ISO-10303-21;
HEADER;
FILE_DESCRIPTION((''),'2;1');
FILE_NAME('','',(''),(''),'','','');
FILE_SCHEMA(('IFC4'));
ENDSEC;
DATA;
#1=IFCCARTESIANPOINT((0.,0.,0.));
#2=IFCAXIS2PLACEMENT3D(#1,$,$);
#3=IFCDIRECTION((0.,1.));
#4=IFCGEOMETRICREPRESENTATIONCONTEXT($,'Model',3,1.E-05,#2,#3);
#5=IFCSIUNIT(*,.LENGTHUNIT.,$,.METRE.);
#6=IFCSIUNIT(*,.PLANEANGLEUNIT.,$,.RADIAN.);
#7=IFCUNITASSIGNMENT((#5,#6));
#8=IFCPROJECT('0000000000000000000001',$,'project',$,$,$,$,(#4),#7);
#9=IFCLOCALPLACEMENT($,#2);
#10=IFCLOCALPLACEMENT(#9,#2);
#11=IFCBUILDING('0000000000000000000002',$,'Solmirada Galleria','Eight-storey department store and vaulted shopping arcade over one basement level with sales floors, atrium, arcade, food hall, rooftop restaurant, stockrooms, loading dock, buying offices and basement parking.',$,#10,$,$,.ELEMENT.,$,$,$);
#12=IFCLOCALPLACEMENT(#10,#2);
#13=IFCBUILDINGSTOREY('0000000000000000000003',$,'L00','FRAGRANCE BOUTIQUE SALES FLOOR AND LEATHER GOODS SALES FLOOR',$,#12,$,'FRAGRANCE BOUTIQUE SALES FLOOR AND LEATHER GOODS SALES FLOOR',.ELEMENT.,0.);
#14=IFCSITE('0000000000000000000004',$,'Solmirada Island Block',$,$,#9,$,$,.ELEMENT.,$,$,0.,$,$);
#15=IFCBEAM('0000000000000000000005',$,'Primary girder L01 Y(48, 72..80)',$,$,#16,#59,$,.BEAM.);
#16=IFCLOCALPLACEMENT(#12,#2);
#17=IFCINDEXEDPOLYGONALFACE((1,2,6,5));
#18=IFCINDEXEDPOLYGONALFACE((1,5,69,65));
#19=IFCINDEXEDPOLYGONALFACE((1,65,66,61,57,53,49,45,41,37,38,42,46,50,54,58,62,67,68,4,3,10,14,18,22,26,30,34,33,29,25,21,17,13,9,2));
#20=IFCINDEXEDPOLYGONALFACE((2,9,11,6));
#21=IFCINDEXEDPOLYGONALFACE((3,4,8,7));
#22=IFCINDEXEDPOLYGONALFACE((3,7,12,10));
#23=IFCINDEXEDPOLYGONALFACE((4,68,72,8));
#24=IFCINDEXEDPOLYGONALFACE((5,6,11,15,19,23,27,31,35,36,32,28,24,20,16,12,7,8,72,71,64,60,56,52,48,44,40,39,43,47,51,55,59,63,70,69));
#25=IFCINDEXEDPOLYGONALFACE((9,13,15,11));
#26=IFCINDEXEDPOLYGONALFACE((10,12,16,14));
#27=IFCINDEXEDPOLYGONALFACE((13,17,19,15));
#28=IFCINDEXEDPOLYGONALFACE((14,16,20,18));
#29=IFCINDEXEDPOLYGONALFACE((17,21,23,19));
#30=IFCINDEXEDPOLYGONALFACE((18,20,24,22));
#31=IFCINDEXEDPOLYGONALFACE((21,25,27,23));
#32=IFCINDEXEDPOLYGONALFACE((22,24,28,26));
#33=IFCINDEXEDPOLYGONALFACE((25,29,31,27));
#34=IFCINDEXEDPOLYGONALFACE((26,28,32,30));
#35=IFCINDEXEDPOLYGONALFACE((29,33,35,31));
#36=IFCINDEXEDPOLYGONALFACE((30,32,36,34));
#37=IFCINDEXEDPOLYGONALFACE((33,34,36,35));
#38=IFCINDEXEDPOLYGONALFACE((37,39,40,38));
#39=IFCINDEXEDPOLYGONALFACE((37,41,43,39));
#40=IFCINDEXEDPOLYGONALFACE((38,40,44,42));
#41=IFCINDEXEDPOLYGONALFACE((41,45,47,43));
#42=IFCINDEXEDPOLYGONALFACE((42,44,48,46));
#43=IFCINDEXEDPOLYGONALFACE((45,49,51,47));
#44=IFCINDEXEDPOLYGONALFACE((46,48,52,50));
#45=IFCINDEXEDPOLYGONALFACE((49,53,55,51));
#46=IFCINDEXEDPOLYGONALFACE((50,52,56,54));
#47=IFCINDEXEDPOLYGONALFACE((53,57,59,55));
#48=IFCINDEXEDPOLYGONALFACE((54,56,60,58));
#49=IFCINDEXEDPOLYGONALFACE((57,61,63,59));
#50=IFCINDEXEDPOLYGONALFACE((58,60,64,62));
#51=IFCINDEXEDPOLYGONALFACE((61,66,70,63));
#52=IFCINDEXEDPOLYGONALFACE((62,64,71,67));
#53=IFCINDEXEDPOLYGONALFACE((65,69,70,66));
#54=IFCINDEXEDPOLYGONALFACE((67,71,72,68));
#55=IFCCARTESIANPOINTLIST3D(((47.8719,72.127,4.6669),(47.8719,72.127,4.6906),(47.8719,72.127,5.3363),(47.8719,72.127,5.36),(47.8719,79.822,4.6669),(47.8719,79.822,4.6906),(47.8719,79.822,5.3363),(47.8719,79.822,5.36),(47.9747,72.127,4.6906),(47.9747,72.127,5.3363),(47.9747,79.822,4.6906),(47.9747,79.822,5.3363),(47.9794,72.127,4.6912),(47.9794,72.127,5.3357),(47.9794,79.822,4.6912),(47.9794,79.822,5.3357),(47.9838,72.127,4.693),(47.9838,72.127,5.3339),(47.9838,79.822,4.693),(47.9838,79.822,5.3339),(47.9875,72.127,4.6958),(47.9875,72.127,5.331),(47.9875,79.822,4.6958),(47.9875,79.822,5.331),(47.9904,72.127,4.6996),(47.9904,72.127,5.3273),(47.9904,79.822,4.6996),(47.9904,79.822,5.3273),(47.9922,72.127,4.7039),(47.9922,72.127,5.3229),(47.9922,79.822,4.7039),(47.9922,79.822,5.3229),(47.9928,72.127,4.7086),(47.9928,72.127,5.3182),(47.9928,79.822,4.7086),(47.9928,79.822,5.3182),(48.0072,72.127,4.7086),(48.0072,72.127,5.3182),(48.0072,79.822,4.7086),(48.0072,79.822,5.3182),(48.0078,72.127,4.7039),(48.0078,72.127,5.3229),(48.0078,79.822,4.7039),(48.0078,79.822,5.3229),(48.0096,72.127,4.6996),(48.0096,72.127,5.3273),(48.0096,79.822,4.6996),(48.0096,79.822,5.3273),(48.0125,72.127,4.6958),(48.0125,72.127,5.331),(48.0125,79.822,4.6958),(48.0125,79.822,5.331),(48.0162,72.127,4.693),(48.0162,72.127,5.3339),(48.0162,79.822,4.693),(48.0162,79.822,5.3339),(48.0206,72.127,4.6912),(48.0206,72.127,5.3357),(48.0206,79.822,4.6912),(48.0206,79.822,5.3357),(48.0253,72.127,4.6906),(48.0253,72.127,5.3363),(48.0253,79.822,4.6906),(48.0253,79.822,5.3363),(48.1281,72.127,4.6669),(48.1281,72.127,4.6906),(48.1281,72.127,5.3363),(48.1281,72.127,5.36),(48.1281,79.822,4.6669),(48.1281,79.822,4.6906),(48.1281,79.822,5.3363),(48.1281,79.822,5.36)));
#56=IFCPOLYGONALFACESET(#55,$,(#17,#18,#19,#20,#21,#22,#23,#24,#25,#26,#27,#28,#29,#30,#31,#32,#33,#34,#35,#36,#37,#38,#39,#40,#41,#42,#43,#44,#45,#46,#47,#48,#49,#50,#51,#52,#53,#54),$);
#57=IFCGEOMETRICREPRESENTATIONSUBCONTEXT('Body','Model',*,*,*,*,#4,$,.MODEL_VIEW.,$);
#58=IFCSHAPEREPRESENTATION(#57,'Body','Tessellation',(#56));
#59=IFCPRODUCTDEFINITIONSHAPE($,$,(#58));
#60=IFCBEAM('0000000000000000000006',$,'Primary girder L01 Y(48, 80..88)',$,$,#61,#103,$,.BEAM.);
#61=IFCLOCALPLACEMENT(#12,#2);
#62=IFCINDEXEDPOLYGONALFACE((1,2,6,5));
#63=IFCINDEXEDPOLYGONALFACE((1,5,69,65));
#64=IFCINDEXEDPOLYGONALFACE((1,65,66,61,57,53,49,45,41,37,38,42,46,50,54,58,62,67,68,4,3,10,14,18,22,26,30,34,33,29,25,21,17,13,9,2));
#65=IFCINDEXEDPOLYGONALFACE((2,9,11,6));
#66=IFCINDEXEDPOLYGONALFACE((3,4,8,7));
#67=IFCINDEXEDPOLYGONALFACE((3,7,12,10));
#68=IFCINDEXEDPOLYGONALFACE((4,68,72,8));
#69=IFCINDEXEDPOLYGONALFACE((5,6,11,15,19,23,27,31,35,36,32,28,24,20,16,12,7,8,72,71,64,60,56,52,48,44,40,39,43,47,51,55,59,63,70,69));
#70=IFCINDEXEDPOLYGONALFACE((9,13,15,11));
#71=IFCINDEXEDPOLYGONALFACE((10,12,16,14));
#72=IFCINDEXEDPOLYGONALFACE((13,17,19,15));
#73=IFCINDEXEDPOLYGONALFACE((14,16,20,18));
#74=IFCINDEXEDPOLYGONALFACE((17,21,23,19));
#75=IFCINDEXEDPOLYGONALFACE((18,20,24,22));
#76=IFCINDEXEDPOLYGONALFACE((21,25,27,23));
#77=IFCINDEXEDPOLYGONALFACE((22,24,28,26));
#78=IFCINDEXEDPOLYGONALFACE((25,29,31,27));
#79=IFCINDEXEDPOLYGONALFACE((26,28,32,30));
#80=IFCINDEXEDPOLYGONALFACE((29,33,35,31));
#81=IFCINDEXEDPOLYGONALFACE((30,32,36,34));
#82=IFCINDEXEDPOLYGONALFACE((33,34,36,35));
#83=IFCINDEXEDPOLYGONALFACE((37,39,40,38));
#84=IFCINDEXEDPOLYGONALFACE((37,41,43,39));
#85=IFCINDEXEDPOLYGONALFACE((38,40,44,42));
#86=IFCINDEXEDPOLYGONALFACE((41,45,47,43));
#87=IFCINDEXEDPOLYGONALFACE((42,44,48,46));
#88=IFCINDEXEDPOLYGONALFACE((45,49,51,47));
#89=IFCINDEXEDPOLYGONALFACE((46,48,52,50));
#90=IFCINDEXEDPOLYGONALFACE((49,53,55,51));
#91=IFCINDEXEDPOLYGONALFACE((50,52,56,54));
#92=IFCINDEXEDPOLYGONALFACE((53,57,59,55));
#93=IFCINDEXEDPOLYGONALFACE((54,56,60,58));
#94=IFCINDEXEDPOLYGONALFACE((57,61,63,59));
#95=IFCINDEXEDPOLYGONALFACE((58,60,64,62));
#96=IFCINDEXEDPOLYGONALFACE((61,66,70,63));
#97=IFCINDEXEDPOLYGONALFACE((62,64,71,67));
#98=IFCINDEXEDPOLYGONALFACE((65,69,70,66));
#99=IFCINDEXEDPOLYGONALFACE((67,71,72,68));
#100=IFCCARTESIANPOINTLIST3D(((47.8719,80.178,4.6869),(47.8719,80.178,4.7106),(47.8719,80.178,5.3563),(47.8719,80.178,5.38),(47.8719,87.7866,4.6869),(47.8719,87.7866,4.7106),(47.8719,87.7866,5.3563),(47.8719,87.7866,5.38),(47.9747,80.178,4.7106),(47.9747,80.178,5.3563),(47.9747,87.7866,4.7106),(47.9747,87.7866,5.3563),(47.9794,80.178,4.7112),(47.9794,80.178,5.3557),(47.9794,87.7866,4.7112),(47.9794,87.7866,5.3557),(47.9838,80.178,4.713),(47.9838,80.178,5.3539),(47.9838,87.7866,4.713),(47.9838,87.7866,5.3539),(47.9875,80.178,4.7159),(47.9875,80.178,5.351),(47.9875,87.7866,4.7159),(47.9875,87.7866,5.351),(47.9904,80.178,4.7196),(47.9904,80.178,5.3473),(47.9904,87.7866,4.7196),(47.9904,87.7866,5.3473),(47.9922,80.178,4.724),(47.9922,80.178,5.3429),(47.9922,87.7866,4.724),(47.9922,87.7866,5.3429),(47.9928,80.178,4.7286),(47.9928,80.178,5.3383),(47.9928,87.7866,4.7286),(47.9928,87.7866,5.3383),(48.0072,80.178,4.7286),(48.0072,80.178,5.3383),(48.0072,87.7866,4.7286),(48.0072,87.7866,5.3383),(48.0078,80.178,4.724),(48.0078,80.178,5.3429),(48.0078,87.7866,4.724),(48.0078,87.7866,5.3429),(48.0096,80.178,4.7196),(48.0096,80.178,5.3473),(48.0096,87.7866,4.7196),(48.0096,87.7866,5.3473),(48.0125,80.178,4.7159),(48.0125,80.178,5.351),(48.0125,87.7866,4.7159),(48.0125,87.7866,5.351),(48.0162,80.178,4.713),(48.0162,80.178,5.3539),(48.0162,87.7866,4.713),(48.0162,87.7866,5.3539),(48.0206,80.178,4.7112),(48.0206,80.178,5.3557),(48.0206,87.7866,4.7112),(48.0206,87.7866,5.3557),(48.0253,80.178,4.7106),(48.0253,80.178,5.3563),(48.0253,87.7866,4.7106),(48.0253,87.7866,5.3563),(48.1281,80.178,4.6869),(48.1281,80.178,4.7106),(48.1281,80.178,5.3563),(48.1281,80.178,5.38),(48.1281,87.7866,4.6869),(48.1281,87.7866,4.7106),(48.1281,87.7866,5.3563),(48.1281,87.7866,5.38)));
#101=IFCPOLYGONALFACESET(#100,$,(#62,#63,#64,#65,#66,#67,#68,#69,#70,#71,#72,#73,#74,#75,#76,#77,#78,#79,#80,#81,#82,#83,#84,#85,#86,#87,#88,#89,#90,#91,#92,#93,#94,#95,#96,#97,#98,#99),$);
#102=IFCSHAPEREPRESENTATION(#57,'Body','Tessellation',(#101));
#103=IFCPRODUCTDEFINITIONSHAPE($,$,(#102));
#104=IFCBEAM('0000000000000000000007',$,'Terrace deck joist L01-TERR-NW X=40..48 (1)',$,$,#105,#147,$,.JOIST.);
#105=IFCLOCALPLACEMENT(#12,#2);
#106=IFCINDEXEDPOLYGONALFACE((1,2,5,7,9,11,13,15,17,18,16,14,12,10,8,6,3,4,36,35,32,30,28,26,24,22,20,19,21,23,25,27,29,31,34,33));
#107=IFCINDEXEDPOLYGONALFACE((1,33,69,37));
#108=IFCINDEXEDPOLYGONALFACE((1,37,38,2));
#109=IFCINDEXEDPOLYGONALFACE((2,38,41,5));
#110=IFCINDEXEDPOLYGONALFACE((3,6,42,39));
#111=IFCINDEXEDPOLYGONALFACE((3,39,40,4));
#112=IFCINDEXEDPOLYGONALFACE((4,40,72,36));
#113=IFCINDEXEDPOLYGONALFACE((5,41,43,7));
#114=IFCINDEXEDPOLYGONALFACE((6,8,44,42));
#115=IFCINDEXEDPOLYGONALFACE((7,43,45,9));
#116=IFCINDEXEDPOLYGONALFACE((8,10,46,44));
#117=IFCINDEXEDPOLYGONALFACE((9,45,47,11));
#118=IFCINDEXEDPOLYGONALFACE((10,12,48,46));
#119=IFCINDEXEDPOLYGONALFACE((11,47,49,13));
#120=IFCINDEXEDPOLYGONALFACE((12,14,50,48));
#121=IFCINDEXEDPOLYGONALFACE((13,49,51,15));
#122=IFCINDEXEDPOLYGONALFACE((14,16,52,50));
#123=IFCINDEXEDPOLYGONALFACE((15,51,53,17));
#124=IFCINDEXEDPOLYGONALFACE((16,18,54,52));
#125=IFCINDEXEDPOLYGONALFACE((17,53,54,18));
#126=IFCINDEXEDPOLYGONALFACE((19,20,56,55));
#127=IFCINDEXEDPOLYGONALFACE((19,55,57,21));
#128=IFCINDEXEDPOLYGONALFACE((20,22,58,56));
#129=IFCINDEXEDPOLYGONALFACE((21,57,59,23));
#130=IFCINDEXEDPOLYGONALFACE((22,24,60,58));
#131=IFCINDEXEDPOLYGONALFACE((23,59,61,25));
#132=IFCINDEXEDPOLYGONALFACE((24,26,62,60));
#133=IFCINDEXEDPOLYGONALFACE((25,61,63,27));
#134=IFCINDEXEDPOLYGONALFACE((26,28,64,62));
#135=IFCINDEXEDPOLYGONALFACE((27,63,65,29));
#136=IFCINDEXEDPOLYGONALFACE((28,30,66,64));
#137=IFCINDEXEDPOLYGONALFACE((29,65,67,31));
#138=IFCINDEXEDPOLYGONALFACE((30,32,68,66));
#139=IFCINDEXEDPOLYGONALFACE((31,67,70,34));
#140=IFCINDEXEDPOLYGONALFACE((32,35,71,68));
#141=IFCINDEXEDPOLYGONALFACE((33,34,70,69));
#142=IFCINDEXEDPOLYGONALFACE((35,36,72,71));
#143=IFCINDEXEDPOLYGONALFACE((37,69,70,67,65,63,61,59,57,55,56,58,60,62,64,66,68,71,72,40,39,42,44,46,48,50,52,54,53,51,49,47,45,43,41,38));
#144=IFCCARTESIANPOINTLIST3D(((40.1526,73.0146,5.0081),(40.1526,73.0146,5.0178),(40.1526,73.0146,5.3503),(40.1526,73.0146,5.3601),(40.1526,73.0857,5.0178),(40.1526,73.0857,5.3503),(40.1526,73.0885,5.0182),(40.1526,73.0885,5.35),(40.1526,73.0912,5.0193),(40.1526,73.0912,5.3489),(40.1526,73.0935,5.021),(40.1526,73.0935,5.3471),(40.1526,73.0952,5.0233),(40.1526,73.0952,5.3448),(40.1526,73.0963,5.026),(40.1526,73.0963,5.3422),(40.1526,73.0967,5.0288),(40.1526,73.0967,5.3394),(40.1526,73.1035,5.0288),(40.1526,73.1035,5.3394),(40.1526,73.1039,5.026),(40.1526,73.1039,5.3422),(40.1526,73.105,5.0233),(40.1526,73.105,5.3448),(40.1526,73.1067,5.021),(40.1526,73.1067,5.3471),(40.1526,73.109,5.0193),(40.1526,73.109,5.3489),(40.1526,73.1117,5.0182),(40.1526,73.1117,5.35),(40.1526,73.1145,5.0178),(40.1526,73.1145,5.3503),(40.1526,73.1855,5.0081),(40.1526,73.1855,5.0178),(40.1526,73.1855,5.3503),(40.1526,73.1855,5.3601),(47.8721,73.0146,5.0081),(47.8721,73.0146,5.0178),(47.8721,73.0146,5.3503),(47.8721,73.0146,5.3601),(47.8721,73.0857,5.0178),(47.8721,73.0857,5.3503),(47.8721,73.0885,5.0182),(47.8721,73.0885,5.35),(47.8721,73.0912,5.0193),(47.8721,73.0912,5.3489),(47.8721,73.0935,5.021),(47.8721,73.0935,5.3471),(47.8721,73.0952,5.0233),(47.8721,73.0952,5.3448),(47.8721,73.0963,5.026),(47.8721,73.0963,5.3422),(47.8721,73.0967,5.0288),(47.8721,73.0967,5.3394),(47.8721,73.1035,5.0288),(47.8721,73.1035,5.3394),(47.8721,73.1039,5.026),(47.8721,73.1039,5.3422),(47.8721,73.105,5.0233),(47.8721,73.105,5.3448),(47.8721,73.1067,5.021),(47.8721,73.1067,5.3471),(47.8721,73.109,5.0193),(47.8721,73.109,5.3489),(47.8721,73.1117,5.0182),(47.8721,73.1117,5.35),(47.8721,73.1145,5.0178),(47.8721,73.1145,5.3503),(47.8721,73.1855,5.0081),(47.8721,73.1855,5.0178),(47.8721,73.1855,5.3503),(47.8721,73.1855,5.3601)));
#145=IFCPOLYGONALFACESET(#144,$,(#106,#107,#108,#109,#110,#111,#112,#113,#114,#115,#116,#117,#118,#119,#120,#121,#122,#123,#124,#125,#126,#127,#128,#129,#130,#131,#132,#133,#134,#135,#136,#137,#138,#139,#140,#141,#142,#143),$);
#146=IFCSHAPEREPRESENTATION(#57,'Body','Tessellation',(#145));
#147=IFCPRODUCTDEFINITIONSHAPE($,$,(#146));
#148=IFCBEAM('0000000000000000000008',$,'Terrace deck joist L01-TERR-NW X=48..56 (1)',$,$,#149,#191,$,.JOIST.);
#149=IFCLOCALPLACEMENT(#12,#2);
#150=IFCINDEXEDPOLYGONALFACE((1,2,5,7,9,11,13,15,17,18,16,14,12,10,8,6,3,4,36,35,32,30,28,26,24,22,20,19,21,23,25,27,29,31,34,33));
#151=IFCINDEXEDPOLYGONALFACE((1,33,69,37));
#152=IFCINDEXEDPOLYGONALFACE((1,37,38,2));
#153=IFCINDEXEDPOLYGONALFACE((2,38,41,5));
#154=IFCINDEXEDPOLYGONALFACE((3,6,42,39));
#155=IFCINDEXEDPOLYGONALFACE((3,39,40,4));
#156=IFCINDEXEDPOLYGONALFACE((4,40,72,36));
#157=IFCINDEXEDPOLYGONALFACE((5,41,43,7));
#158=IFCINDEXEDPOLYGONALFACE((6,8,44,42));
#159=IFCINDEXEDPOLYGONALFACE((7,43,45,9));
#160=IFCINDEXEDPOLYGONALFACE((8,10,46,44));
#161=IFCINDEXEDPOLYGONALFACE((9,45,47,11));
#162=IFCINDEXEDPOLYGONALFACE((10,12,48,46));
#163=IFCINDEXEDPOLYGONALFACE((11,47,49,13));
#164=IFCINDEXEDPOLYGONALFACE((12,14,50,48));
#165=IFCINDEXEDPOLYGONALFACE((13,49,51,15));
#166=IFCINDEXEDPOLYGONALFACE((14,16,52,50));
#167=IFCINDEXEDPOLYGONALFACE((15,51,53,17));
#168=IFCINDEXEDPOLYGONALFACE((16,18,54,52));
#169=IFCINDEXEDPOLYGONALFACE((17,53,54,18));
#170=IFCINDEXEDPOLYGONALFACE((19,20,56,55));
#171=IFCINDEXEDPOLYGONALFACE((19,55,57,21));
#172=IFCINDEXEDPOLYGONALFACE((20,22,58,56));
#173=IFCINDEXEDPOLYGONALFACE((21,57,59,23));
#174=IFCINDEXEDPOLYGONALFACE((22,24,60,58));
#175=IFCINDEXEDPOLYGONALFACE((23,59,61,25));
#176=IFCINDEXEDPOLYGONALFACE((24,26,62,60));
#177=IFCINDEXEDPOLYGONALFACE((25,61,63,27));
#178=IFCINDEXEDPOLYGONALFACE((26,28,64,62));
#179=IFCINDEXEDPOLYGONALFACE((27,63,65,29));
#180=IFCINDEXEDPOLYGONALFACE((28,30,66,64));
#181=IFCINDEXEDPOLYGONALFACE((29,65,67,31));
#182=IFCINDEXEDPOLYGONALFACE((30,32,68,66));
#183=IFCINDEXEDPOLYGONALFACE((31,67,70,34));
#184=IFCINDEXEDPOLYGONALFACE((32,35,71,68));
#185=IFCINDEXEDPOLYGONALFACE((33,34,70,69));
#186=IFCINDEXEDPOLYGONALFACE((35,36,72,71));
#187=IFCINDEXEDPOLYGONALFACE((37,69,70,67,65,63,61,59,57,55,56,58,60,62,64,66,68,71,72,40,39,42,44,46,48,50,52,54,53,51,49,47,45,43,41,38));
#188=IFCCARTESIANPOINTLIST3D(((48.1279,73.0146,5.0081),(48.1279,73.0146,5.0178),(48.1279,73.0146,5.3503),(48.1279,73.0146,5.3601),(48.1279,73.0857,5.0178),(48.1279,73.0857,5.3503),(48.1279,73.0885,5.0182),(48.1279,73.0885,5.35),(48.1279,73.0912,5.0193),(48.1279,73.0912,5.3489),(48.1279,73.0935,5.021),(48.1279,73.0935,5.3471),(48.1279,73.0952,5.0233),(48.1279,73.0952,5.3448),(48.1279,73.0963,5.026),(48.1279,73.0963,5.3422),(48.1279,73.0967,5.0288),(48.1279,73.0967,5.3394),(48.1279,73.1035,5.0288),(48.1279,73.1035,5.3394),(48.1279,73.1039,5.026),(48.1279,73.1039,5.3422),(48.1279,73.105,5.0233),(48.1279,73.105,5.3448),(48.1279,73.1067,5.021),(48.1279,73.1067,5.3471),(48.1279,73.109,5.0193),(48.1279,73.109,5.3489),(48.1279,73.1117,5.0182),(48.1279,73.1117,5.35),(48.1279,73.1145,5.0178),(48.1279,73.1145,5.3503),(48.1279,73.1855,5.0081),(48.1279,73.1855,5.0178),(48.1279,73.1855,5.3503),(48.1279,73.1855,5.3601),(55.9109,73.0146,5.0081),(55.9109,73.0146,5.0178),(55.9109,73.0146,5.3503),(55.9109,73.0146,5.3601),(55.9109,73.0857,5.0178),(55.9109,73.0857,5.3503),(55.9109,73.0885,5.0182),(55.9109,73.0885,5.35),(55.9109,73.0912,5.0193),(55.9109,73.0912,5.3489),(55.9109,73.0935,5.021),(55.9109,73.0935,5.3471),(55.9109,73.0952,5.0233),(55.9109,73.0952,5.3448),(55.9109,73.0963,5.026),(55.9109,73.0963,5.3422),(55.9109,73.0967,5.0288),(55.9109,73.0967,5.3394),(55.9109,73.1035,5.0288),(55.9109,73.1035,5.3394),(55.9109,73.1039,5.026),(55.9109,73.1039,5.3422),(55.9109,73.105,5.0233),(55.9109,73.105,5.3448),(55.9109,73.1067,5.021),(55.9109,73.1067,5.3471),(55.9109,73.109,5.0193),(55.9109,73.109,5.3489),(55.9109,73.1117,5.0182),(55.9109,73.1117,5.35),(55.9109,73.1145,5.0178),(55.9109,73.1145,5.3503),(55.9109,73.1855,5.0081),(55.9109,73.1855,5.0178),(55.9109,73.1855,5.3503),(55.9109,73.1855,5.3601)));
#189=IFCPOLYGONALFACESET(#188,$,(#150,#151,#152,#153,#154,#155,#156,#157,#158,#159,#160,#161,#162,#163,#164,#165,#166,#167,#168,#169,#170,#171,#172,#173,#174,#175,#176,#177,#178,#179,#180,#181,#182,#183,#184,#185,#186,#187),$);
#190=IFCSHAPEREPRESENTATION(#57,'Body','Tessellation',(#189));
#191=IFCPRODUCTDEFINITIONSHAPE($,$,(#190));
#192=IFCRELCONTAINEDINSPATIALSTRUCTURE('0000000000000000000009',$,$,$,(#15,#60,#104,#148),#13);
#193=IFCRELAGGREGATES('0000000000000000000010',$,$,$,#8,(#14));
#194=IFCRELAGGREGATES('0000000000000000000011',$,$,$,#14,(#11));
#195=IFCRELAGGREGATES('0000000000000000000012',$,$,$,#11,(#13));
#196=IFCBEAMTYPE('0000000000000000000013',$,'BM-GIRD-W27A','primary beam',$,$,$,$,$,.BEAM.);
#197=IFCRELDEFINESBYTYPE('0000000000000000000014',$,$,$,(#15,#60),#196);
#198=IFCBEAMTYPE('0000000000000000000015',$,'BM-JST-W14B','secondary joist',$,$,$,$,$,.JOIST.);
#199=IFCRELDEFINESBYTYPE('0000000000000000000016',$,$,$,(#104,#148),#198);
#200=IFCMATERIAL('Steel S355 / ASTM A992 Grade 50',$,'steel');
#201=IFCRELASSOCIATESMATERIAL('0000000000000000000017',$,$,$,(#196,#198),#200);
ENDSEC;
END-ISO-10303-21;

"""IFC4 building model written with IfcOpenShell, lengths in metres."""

from ifc_helpers import new_model, si_unit, direction, frame, origin, origin_2d, place, context, subcontext, project, spatial, i_section, extrude, material, material_profile, profile_set, type_object, element, save


model = new_model("IFC4")

# Units and contexts
model_context = context("Model", 3, precision=1e-05, world=origin(), true_north=direction((0.0, 1.0)))
body_context = subcontext(model_context, "Body", "Model", "MODEL_VIEW")
ifc_project = project(units=[si_unit("LENGTHUNIT", "METRE"), si_unit("PLANEANGLEUNIT", "RADIAN")], contexts=[model_context])

# Site, building, storey
site_placement = place(None, origin())
site = spatial("IfcSite", under=ifc_project, at=site_placement, Name="Solmirada Island Block", CompositionType="ELEMENT", RefElevation=0.0)
building_placement = place(site_placement, origin())
building = spatial("IfcBuilding", under=site, at=building_placement, Name="Solmirada Galleria", Description="Eight-storey department store and vaulted shopping arcade over one basement level with sales floors, atrium, arcade, food hall, rooftop restaurant, stockrooms, loading dock, buying offices and basement parking.", CompositionType="ELEMENT")
storey_placement = place(building_placement, origin())
storey = spatial("IfcBuildingStorey", under=building, at=storey_placement, Name="L00", Description="FRAGRANCE BOUTIQUE SALES FLOOR AND LEATHER GOODS SALES FLOOR", LongName="FRAGRANCE BOUTIQUE SALES FLOOR AND LEATHER GOODS SALES FLOOR", CompositionType="ELEMENT", Elevation=0.0)

# Beams
ifc_material_1 = material(Name="Steel S355 / ASTM A992 Grade 50", Category="steel")
ifc_material_profile_1 = material_profile(ifc_material_1, i_section(OverallWidth=0.2561, OverallDepth=0.6931, WebThickness=0.0144, FlangeThickness=0.0237, FilletRadius=0.0181, at=origin_2d()), Name="W27X114")
ifc_profile_set_1 = profile_set([ifc_material_profile_1], Name="Steel S355 / ASTM A992 Grade 50")
beam_type_1 = type_object("IfcBeamType", Name="BM-GIRD-W27A", Description="primary beam", PredefinedType="BEAM", material=ifc_profile_set_1)
beam_1_placement = place(storey_placement, frame((48.0, 72.127, 5.0134), z_axis=(0.0, 1.0, 0.0), x_axis=(-1.0, 0.0, 0.0)))
element("IfcBeam", 1, at=beam_1_placement, inside=storey, type_object=beam_type_1, Name="Primary girder L01 Y(48, 72..80)", PredefinedType="BEAM", context=body_context, shape_type="SweptSolid", body=[
    extrude(i_section(OverallWidth=0.2561, OverallDepth=0.6931, WebThickness=0.0144, FlangeThickness=0.0237, FilletRadius=0.0181, at=origin_2d()), origin(), (0.0, 0.0, 1.0), 7.6951),
])
beam_2_placement = place(storey_placement, frame((48.0, 80.178, 5.0334), z_axis=(0.0, 1.0, 0.0), x_axis=(-1.0, 0.0, 0.0)))
element("IfcBeam", 2, at=beam_2_placement, inside=storey, type_object=beam_type_1, Name="Primary girder L01 Y(48, 80..88)", PredefinedType="BEAM", context=body_context, shape_type="SweptSolid", body=[
    extrude(i_section(OverallWidth=0.2561, OverallDepth=0.6931, WebThickness=0.0144, FlangeThickness=0.0237, FilletRadius=0.0181, at=origin_2d()), origin(), (0.0, 0.0, 1.0), 7.6086),
])
ifc_material_profile_2 = material_profile(ifc_material_1, i_section(OverallWidth=0.1709, OverallDepth=0.3521, WebThickness=0.0068, FlangeThickness=0.0098, FilletRadius=0.011, at=origin_2d()), Name="W14X30")
ifc_profile_set_2 = profile_set([ifc_material_profile_2], Name="Steel S355 / ASTM A992 Grade 50")
beam_type_2 = type_object("IfcBeamType", Name="BM-JST-W14B", Description="secondary joist", PredefinedType="JOIST", material=ifc_profile_set_2)
beam_3_placement = place(storey_placement, frame((40.1526, 73.1001, 5.1841), z_axis=(1.0, 0.0, 0.0), x_axis=(0.0, 1.0, 0.0)))
element("IfcBeam", 3, at=beam_3_placement, inside=storey, type_object=beam_type_2, Name="Terrace deck joist L01-TERR-NW X=40..48 (1)", PredefinedType="JOIST", context=body_context, shape_type="SweptSolid", body=[
    extrude(i_section(OverallWidth=0.1709, OverallDepth=0.3521, WebThickness=0.0068, FlangeThickness=0.0098, FilletRadius=0.011, at=origin_2d()), origin(), (0.0, 0.0, 1.0), 7.7195),
])
beam_4_placement = place(storey_placement, frame((48.1279, 73.1001, 5.1841), z_axis=(1.0, 0.0, 0.0), x_axis=(0.0, 1.0, 0.0)))
element("IfcBeam", 4, at=beam_4_placement, inside=storey, type_object=beam_type_2, Name="Terrace deck joist L01-TERR-NW X=48..56 (1)", PredefinedType="JOIST", context=body_context, shape_type="SweptSolid", body=[
    extrude(i_section(OverallWidth=0.1709, OverallDepth=0.3521, WebThickness=0.0068, FlangeThickness=0.0098, FilletRadius=0.011, at=origin_2d()), origin(), (0.0, 0.0, 1.0), 7.783),
])

save(model, "model.ifc")
